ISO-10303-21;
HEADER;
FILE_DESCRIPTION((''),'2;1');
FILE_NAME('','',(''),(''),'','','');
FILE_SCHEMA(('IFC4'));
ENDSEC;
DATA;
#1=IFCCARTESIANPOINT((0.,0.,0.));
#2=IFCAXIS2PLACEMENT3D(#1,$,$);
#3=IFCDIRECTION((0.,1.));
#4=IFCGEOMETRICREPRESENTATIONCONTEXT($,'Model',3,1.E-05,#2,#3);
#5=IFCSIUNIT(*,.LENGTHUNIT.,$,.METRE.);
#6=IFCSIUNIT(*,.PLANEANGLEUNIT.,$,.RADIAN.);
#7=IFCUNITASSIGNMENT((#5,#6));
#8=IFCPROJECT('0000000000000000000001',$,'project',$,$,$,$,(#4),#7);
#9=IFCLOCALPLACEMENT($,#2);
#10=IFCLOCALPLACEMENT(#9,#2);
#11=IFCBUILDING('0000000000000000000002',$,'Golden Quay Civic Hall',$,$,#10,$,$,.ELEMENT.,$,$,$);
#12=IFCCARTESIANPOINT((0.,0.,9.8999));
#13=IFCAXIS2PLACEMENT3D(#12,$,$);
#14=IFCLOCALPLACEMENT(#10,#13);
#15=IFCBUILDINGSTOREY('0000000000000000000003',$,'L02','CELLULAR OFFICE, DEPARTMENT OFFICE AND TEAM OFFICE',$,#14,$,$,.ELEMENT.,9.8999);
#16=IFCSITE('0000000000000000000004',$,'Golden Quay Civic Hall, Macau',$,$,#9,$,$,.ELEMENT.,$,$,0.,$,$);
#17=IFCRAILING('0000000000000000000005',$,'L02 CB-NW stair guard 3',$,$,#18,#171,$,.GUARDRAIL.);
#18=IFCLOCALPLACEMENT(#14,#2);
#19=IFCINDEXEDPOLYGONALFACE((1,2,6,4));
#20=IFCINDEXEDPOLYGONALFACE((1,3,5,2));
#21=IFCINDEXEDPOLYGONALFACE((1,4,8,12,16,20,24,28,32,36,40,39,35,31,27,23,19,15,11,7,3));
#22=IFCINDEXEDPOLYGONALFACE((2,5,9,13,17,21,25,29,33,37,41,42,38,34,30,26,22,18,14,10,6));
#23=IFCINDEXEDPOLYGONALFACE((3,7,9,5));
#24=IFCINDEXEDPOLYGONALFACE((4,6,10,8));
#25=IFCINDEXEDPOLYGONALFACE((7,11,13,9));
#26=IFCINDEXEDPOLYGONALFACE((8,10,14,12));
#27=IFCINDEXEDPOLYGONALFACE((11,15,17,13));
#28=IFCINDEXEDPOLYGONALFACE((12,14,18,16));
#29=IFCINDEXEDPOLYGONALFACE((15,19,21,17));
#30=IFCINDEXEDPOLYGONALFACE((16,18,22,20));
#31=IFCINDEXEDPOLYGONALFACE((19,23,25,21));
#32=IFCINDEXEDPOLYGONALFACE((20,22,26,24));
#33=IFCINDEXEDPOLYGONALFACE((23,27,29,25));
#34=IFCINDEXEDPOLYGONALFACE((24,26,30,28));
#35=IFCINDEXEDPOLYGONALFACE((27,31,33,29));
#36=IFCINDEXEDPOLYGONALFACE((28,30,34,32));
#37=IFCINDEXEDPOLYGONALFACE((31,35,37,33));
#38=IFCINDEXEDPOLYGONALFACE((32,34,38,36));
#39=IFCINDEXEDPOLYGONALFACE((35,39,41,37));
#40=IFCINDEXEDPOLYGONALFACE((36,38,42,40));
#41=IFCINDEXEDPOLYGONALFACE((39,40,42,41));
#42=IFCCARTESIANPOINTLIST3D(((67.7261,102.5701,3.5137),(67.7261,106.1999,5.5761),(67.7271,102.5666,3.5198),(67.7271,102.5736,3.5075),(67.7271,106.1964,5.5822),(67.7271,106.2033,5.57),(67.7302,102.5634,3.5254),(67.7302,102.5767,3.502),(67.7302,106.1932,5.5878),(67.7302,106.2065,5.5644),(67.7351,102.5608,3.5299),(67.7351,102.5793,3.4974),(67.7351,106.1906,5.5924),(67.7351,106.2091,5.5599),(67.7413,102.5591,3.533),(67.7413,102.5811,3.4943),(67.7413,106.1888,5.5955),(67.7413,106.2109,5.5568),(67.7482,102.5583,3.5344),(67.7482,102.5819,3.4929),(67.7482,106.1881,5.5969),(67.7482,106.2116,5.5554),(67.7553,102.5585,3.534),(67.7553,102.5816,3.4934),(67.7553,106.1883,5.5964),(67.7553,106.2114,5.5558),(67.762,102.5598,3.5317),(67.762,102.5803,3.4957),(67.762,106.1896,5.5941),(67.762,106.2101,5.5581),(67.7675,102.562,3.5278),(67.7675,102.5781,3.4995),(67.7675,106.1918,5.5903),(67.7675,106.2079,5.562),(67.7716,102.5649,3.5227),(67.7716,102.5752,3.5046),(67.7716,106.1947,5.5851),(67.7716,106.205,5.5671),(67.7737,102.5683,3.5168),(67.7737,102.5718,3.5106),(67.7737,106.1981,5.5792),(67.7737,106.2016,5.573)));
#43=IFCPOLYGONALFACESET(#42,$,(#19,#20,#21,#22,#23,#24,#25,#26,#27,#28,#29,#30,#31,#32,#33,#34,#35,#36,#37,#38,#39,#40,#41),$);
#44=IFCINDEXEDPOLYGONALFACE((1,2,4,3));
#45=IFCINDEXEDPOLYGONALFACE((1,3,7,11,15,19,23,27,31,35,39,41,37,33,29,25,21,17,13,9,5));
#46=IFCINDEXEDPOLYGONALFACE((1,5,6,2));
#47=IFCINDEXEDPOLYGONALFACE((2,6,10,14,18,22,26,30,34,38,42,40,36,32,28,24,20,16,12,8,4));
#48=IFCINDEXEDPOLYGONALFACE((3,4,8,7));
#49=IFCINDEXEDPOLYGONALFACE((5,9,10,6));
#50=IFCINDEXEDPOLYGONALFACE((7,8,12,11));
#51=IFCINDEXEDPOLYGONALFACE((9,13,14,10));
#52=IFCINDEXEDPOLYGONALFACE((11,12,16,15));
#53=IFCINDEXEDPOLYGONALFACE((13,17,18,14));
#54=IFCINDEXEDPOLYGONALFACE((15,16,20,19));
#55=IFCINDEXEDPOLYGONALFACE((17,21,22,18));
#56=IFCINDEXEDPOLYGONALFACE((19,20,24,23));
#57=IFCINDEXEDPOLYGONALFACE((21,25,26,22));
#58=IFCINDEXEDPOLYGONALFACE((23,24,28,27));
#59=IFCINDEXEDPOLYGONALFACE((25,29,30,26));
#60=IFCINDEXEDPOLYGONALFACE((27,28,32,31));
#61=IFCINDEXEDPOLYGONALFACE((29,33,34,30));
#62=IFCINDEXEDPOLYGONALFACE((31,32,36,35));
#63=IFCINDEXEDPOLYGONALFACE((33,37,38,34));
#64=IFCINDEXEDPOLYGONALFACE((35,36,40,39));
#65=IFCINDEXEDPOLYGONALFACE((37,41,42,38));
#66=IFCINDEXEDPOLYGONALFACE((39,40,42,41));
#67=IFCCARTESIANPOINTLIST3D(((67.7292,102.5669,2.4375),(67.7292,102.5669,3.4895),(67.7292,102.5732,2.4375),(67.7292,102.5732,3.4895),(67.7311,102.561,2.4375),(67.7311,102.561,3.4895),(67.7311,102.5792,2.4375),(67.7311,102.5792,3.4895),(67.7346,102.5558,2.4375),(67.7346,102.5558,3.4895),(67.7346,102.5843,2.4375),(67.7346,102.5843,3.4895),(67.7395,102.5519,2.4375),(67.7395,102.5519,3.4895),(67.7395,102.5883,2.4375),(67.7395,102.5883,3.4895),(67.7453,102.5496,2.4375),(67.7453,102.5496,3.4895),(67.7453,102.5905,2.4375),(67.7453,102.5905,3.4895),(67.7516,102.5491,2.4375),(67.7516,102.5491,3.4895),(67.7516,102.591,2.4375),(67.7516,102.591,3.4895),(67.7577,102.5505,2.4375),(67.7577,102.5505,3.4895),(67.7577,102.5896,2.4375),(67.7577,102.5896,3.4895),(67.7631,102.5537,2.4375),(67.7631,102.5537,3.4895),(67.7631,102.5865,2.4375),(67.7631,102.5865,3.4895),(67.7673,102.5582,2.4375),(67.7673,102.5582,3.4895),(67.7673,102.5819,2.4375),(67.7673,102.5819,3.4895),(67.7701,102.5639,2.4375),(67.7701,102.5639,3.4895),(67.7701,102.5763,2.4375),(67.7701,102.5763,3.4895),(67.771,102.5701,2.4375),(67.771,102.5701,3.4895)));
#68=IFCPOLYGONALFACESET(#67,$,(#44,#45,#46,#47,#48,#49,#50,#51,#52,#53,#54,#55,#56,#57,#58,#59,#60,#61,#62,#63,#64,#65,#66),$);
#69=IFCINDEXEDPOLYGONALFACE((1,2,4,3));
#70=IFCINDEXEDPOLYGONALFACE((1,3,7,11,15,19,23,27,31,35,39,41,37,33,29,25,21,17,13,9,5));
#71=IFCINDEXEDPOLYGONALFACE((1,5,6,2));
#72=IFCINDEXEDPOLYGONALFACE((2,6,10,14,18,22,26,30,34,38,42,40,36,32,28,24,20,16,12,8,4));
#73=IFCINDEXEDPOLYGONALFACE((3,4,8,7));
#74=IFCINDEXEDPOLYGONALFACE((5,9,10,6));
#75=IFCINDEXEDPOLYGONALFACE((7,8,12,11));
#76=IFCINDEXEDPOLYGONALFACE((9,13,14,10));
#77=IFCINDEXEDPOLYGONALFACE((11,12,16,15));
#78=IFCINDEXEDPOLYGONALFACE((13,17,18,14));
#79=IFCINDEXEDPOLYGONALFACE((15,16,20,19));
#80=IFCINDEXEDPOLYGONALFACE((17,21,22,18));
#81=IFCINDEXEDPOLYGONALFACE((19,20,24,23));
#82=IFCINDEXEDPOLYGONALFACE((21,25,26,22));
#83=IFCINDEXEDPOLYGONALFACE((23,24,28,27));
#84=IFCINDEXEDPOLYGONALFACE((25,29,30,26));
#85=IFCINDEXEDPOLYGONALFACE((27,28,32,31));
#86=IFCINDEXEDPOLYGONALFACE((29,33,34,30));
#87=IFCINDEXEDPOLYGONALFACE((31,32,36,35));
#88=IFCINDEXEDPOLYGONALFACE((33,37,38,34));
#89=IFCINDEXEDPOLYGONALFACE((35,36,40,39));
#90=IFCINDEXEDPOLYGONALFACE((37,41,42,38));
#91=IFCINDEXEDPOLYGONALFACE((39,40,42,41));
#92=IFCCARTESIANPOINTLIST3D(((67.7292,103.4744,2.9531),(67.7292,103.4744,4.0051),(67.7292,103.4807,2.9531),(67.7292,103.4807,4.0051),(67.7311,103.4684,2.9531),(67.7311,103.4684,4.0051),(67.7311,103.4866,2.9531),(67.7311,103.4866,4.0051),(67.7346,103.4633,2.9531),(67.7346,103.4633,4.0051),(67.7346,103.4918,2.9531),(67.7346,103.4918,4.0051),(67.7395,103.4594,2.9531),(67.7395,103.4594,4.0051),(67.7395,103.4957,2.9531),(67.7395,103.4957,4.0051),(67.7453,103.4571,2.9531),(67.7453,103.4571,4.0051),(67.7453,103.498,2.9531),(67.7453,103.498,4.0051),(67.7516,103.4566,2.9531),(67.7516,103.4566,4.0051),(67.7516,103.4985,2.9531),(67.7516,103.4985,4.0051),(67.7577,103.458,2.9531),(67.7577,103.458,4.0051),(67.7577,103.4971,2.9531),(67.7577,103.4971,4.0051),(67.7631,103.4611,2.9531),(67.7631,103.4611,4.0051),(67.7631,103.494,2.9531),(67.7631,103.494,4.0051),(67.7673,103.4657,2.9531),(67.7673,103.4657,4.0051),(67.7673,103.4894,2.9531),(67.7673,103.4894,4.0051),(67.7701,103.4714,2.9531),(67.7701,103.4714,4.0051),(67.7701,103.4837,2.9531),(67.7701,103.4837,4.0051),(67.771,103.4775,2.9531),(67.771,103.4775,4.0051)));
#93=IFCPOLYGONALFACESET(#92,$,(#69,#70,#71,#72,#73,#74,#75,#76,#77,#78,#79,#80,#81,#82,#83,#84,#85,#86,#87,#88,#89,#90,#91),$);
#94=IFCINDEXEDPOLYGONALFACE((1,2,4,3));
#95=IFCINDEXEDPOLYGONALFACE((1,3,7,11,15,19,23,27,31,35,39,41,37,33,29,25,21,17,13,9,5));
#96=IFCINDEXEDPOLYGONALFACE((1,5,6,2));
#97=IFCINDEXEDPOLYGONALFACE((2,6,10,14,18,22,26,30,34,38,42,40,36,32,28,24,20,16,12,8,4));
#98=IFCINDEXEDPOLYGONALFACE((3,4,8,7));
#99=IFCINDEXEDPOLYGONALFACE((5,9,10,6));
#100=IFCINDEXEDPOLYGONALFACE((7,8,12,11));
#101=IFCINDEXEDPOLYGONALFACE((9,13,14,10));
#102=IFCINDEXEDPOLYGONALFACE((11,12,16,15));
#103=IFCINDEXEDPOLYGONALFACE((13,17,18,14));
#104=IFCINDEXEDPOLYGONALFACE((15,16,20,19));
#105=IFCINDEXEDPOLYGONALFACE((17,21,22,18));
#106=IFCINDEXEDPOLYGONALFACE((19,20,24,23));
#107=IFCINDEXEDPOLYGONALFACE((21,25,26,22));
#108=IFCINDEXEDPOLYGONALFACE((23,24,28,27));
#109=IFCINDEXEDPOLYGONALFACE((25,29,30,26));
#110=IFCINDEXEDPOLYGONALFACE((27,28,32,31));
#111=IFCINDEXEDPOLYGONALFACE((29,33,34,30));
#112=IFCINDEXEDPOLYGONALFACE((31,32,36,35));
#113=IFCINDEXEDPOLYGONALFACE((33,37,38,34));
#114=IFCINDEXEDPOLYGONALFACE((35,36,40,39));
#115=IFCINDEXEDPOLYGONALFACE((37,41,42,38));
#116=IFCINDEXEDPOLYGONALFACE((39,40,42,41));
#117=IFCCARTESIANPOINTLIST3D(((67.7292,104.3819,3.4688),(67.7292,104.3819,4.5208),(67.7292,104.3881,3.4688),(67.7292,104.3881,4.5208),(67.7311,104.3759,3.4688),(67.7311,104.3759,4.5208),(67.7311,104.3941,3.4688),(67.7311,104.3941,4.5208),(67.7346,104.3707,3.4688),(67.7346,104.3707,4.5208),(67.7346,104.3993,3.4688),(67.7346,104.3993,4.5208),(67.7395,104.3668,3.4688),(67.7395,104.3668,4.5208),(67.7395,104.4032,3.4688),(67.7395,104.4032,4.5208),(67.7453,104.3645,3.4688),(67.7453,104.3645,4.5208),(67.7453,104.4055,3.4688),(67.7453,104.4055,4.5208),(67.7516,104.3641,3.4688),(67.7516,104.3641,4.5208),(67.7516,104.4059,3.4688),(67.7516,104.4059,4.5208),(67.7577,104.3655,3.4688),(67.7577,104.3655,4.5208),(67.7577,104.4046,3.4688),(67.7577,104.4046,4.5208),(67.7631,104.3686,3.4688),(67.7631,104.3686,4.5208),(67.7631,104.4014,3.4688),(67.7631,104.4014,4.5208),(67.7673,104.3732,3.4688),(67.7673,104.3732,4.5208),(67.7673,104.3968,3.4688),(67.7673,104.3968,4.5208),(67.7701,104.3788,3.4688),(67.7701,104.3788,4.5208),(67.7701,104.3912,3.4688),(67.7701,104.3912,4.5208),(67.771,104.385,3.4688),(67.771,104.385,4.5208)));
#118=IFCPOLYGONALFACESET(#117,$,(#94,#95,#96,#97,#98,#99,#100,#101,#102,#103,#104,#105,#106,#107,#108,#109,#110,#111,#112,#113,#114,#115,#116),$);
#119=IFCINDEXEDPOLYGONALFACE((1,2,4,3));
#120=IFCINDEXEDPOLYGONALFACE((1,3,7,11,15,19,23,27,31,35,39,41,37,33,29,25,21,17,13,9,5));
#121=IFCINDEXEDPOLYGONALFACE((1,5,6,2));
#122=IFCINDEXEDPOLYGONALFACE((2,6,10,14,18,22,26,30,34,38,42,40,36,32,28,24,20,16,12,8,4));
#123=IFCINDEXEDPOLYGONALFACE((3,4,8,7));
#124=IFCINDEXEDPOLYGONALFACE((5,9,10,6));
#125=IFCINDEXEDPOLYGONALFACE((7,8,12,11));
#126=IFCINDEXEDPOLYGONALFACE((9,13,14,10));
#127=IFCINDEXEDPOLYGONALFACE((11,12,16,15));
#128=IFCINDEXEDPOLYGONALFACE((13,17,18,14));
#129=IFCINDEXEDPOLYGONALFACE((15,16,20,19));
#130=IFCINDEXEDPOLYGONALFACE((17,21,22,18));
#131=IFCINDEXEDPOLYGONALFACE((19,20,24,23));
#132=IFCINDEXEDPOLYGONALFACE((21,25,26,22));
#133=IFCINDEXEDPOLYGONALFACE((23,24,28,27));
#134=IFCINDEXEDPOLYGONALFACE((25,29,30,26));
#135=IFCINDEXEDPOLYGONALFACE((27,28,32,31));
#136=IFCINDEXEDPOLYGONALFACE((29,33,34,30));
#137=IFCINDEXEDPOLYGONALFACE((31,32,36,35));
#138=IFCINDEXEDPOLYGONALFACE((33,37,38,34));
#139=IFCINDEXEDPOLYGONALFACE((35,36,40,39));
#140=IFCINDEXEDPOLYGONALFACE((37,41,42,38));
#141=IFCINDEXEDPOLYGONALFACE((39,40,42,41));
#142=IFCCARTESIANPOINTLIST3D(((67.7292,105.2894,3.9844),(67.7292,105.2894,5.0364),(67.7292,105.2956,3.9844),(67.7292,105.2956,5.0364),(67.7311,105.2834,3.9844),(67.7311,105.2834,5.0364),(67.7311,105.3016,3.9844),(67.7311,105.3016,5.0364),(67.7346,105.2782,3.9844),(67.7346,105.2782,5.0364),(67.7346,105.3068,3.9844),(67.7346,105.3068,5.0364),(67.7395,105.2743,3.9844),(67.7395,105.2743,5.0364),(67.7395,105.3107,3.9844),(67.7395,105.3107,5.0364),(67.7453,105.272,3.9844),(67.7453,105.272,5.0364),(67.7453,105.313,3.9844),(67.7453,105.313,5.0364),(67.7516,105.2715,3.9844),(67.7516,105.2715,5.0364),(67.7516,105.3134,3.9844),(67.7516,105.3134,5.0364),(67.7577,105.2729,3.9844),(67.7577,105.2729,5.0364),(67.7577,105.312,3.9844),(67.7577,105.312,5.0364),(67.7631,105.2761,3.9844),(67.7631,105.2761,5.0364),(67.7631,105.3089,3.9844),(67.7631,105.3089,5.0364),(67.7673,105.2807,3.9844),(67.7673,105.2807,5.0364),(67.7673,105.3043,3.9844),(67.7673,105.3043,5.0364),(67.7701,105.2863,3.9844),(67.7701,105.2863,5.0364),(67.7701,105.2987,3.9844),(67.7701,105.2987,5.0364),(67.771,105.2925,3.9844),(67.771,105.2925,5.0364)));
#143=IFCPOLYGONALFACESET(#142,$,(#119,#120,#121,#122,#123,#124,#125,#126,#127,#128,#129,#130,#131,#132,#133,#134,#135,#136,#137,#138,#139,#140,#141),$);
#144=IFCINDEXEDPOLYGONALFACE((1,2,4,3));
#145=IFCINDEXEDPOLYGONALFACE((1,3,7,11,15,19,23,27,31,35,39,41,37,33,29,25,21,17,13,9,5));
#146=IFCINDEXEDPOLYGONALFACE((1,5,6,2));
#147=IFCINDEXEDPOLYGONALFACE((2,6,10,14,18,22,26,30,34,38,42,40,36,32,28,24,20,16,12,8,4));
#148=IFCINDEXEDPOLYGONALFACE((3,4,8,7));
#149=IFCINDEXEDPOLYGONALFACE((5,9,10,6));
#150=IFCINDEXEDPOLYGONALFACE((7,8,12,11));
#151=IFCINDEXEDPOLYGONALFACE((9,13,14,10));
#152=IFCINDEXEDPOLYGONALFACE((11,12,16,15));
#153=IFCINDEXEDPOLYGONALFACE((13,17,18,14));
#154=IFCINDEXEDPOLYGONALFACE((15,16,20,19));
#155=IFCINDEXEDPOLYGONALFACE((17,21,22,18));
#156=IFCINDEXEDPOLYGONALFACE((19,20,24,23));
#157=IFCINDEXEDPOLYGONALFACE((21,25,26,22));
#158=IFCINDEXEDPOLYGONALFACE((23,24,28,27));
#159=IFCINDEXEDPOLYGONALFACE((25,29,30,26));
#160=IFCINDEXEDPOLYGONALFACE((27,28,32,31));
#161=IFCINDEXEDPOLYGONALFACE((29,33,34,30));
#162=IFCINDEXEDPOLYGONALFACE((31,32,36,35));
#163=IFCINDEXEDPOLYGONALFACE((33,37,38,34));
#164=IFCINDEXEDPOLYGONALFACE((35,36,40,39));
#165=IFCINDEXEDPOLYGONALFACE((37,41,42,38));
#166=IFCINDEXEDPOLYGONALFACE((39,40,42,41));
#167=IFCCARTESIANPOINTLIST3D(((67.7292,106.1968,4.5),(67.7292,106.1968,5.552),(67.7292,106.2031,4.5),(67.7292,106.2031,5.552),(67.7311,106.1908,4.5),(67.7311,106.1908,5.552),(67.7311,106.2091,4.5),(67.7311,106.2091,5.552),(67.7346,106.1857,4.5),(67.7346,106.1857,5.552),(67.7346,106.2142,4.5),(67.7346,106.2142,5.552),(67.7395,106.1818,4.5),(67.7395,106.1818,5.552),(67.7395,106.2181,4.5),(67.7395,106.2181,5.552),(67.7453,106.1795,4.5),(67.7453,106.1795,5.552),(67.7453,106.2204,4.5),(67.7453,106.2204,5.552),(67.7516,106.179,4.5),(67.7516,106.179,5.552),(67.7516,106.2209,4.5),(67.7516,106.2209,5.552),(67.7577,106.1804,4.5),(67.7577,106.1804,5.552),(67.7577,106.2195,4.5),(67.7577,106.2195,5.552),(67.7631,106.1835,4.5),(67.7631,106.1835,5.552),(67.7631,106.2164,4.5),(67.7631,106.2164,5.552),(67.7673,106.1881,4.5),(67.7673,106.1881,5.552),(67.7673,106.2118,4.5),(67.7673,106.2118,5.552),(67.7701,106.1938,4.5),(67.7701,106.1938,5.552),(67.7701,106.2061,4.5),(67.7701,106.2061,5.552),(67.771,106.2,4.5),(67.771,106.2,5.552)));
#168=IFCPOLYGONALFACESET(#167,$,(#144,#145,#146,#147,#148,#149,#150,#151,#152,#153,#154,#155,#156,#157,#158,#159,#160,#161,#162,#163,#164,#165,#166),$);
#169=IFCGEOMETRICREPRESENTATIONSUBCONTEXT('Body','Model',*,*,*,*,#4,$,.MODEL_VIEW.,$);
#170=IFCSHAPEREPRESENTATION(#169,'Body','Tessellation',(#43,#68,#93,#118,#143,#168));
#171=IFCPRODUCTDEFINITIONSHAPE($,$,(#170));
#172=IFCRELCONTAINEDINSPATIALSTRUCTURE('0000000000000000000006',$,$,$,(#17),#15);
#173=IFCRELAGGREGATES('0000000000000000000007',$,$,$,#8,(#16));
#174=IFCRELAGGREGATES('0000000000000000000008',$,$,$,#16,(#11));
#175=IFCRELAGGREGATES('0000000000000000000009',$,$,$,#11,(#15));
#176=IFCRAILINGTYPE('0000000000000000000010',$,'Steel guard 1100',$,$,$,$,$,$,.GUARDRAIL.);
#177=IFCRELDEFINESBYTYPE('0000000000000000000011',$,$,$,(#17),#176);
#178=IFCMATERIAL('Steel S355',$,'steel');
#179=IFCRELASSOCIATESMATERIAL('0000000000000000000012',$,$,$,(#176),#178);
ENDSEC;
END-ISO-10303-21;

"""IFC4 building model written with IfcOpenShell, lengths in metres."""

from ifc_helpers import new_model, si_unit, direction, frame, origin, origin_2d, place, context, subcontext, project, spatial, circle, extrude, material, type_object, element, save


model = new_model("IFC4")

# Units and contexts
model_context = context("Model", 3, precision=1e-05, world=origin(), true_north=direction((0.0, 1.0)))
body_context = subcontext(model_context, "Body", "Model", "MODEL_VIEW")
ifc_project = project(units=[si_unit("LENGTHUNIT", "METRE"), si_unit("PLANEANGLEUNIT", "RADIAN")], contexts=[model_context])

# Site, building, storey
site_placement = place(None, origin())
site = spatial("IfcSite", under=ifc_project, at=site_placement, Name="Golden Quay Civic Hall, Macau", CompositionType="ELEMENT", RefElevation=0.0)
building_placement = place(site_placement, origin())
building = spatial("IfcBuilding", under=site, at=building_placement, Name="Golden Quay Civic Hall", CompositionType="ELEMENT")
storey_placement = place(building_placement, frame((0.0, 0.0, 9.8999)))
storey = spatial("IfcBuildingStorey", under=building, at=storey_placement, Name="L02", Description="CELLULAR OFFICE, DEPARTMENT OFFICE AND TEAM OFFICE", CompositionType="ELEMENT", Elevation=9.8999)

# Railing
ifc_material_1 = material(Name="Steel S355", Category="steel")
railing_type_1 = type_object("IfcRailingType", Name="Steel guard 1100", PredefinedType="GUARDRAIL", material=ifc_material_1)
railing_1_placement = place(storey_placement, frame((67.75, 102.5701, 2.4375)))
element("IfcRailing", 1, at=railing_1_placement, inside=storey, type_object=railing_type_1, Name="L02 CB-NW stair guard 3", PredefinedType="GUARDRAIL", context=body_context, shape_type="SweptSolid", body=[
    extrude(circle(Radius=0.0239, at=origin_2d()), frame((0.0, 0.0, 1.0762), z_axis=(0.0, 0.86945, 0.494021), x_axis=(-1.0, 0.0, 0.0)), (0.0, 0.0, 1.0), 4.1748),
    extrude(circle(Radius=0.021, at=origin_2d()), origin(), (0.0, 0.0, 1.0), 1.052),
    extrude(circle(Radius=0.021, at=origin_2d()), frame((0.0, 0.9075, 0.5156)), (0.0, 0.0, 1.0), 1.052),
    extrude(circle(Radius=0.021, at=origin_2d()), frame((0.0, 1.8149, 1.0312)), (0.0, 0.0, 1.0), 1.052),
    extrude(circle(Radius=0.021, at=origin_2d()), frame((0.0, 2.7224, 1.5469)), (0.0, 0.0, 1.0), 1.052),
    extrude(circle(Radius=0.021, at=origin_2d()), frame((0.0, 3.6299, 2.0625)), (0.0, 0.0, 1.0), 1.052),
])

save(model, "model.ifc")
